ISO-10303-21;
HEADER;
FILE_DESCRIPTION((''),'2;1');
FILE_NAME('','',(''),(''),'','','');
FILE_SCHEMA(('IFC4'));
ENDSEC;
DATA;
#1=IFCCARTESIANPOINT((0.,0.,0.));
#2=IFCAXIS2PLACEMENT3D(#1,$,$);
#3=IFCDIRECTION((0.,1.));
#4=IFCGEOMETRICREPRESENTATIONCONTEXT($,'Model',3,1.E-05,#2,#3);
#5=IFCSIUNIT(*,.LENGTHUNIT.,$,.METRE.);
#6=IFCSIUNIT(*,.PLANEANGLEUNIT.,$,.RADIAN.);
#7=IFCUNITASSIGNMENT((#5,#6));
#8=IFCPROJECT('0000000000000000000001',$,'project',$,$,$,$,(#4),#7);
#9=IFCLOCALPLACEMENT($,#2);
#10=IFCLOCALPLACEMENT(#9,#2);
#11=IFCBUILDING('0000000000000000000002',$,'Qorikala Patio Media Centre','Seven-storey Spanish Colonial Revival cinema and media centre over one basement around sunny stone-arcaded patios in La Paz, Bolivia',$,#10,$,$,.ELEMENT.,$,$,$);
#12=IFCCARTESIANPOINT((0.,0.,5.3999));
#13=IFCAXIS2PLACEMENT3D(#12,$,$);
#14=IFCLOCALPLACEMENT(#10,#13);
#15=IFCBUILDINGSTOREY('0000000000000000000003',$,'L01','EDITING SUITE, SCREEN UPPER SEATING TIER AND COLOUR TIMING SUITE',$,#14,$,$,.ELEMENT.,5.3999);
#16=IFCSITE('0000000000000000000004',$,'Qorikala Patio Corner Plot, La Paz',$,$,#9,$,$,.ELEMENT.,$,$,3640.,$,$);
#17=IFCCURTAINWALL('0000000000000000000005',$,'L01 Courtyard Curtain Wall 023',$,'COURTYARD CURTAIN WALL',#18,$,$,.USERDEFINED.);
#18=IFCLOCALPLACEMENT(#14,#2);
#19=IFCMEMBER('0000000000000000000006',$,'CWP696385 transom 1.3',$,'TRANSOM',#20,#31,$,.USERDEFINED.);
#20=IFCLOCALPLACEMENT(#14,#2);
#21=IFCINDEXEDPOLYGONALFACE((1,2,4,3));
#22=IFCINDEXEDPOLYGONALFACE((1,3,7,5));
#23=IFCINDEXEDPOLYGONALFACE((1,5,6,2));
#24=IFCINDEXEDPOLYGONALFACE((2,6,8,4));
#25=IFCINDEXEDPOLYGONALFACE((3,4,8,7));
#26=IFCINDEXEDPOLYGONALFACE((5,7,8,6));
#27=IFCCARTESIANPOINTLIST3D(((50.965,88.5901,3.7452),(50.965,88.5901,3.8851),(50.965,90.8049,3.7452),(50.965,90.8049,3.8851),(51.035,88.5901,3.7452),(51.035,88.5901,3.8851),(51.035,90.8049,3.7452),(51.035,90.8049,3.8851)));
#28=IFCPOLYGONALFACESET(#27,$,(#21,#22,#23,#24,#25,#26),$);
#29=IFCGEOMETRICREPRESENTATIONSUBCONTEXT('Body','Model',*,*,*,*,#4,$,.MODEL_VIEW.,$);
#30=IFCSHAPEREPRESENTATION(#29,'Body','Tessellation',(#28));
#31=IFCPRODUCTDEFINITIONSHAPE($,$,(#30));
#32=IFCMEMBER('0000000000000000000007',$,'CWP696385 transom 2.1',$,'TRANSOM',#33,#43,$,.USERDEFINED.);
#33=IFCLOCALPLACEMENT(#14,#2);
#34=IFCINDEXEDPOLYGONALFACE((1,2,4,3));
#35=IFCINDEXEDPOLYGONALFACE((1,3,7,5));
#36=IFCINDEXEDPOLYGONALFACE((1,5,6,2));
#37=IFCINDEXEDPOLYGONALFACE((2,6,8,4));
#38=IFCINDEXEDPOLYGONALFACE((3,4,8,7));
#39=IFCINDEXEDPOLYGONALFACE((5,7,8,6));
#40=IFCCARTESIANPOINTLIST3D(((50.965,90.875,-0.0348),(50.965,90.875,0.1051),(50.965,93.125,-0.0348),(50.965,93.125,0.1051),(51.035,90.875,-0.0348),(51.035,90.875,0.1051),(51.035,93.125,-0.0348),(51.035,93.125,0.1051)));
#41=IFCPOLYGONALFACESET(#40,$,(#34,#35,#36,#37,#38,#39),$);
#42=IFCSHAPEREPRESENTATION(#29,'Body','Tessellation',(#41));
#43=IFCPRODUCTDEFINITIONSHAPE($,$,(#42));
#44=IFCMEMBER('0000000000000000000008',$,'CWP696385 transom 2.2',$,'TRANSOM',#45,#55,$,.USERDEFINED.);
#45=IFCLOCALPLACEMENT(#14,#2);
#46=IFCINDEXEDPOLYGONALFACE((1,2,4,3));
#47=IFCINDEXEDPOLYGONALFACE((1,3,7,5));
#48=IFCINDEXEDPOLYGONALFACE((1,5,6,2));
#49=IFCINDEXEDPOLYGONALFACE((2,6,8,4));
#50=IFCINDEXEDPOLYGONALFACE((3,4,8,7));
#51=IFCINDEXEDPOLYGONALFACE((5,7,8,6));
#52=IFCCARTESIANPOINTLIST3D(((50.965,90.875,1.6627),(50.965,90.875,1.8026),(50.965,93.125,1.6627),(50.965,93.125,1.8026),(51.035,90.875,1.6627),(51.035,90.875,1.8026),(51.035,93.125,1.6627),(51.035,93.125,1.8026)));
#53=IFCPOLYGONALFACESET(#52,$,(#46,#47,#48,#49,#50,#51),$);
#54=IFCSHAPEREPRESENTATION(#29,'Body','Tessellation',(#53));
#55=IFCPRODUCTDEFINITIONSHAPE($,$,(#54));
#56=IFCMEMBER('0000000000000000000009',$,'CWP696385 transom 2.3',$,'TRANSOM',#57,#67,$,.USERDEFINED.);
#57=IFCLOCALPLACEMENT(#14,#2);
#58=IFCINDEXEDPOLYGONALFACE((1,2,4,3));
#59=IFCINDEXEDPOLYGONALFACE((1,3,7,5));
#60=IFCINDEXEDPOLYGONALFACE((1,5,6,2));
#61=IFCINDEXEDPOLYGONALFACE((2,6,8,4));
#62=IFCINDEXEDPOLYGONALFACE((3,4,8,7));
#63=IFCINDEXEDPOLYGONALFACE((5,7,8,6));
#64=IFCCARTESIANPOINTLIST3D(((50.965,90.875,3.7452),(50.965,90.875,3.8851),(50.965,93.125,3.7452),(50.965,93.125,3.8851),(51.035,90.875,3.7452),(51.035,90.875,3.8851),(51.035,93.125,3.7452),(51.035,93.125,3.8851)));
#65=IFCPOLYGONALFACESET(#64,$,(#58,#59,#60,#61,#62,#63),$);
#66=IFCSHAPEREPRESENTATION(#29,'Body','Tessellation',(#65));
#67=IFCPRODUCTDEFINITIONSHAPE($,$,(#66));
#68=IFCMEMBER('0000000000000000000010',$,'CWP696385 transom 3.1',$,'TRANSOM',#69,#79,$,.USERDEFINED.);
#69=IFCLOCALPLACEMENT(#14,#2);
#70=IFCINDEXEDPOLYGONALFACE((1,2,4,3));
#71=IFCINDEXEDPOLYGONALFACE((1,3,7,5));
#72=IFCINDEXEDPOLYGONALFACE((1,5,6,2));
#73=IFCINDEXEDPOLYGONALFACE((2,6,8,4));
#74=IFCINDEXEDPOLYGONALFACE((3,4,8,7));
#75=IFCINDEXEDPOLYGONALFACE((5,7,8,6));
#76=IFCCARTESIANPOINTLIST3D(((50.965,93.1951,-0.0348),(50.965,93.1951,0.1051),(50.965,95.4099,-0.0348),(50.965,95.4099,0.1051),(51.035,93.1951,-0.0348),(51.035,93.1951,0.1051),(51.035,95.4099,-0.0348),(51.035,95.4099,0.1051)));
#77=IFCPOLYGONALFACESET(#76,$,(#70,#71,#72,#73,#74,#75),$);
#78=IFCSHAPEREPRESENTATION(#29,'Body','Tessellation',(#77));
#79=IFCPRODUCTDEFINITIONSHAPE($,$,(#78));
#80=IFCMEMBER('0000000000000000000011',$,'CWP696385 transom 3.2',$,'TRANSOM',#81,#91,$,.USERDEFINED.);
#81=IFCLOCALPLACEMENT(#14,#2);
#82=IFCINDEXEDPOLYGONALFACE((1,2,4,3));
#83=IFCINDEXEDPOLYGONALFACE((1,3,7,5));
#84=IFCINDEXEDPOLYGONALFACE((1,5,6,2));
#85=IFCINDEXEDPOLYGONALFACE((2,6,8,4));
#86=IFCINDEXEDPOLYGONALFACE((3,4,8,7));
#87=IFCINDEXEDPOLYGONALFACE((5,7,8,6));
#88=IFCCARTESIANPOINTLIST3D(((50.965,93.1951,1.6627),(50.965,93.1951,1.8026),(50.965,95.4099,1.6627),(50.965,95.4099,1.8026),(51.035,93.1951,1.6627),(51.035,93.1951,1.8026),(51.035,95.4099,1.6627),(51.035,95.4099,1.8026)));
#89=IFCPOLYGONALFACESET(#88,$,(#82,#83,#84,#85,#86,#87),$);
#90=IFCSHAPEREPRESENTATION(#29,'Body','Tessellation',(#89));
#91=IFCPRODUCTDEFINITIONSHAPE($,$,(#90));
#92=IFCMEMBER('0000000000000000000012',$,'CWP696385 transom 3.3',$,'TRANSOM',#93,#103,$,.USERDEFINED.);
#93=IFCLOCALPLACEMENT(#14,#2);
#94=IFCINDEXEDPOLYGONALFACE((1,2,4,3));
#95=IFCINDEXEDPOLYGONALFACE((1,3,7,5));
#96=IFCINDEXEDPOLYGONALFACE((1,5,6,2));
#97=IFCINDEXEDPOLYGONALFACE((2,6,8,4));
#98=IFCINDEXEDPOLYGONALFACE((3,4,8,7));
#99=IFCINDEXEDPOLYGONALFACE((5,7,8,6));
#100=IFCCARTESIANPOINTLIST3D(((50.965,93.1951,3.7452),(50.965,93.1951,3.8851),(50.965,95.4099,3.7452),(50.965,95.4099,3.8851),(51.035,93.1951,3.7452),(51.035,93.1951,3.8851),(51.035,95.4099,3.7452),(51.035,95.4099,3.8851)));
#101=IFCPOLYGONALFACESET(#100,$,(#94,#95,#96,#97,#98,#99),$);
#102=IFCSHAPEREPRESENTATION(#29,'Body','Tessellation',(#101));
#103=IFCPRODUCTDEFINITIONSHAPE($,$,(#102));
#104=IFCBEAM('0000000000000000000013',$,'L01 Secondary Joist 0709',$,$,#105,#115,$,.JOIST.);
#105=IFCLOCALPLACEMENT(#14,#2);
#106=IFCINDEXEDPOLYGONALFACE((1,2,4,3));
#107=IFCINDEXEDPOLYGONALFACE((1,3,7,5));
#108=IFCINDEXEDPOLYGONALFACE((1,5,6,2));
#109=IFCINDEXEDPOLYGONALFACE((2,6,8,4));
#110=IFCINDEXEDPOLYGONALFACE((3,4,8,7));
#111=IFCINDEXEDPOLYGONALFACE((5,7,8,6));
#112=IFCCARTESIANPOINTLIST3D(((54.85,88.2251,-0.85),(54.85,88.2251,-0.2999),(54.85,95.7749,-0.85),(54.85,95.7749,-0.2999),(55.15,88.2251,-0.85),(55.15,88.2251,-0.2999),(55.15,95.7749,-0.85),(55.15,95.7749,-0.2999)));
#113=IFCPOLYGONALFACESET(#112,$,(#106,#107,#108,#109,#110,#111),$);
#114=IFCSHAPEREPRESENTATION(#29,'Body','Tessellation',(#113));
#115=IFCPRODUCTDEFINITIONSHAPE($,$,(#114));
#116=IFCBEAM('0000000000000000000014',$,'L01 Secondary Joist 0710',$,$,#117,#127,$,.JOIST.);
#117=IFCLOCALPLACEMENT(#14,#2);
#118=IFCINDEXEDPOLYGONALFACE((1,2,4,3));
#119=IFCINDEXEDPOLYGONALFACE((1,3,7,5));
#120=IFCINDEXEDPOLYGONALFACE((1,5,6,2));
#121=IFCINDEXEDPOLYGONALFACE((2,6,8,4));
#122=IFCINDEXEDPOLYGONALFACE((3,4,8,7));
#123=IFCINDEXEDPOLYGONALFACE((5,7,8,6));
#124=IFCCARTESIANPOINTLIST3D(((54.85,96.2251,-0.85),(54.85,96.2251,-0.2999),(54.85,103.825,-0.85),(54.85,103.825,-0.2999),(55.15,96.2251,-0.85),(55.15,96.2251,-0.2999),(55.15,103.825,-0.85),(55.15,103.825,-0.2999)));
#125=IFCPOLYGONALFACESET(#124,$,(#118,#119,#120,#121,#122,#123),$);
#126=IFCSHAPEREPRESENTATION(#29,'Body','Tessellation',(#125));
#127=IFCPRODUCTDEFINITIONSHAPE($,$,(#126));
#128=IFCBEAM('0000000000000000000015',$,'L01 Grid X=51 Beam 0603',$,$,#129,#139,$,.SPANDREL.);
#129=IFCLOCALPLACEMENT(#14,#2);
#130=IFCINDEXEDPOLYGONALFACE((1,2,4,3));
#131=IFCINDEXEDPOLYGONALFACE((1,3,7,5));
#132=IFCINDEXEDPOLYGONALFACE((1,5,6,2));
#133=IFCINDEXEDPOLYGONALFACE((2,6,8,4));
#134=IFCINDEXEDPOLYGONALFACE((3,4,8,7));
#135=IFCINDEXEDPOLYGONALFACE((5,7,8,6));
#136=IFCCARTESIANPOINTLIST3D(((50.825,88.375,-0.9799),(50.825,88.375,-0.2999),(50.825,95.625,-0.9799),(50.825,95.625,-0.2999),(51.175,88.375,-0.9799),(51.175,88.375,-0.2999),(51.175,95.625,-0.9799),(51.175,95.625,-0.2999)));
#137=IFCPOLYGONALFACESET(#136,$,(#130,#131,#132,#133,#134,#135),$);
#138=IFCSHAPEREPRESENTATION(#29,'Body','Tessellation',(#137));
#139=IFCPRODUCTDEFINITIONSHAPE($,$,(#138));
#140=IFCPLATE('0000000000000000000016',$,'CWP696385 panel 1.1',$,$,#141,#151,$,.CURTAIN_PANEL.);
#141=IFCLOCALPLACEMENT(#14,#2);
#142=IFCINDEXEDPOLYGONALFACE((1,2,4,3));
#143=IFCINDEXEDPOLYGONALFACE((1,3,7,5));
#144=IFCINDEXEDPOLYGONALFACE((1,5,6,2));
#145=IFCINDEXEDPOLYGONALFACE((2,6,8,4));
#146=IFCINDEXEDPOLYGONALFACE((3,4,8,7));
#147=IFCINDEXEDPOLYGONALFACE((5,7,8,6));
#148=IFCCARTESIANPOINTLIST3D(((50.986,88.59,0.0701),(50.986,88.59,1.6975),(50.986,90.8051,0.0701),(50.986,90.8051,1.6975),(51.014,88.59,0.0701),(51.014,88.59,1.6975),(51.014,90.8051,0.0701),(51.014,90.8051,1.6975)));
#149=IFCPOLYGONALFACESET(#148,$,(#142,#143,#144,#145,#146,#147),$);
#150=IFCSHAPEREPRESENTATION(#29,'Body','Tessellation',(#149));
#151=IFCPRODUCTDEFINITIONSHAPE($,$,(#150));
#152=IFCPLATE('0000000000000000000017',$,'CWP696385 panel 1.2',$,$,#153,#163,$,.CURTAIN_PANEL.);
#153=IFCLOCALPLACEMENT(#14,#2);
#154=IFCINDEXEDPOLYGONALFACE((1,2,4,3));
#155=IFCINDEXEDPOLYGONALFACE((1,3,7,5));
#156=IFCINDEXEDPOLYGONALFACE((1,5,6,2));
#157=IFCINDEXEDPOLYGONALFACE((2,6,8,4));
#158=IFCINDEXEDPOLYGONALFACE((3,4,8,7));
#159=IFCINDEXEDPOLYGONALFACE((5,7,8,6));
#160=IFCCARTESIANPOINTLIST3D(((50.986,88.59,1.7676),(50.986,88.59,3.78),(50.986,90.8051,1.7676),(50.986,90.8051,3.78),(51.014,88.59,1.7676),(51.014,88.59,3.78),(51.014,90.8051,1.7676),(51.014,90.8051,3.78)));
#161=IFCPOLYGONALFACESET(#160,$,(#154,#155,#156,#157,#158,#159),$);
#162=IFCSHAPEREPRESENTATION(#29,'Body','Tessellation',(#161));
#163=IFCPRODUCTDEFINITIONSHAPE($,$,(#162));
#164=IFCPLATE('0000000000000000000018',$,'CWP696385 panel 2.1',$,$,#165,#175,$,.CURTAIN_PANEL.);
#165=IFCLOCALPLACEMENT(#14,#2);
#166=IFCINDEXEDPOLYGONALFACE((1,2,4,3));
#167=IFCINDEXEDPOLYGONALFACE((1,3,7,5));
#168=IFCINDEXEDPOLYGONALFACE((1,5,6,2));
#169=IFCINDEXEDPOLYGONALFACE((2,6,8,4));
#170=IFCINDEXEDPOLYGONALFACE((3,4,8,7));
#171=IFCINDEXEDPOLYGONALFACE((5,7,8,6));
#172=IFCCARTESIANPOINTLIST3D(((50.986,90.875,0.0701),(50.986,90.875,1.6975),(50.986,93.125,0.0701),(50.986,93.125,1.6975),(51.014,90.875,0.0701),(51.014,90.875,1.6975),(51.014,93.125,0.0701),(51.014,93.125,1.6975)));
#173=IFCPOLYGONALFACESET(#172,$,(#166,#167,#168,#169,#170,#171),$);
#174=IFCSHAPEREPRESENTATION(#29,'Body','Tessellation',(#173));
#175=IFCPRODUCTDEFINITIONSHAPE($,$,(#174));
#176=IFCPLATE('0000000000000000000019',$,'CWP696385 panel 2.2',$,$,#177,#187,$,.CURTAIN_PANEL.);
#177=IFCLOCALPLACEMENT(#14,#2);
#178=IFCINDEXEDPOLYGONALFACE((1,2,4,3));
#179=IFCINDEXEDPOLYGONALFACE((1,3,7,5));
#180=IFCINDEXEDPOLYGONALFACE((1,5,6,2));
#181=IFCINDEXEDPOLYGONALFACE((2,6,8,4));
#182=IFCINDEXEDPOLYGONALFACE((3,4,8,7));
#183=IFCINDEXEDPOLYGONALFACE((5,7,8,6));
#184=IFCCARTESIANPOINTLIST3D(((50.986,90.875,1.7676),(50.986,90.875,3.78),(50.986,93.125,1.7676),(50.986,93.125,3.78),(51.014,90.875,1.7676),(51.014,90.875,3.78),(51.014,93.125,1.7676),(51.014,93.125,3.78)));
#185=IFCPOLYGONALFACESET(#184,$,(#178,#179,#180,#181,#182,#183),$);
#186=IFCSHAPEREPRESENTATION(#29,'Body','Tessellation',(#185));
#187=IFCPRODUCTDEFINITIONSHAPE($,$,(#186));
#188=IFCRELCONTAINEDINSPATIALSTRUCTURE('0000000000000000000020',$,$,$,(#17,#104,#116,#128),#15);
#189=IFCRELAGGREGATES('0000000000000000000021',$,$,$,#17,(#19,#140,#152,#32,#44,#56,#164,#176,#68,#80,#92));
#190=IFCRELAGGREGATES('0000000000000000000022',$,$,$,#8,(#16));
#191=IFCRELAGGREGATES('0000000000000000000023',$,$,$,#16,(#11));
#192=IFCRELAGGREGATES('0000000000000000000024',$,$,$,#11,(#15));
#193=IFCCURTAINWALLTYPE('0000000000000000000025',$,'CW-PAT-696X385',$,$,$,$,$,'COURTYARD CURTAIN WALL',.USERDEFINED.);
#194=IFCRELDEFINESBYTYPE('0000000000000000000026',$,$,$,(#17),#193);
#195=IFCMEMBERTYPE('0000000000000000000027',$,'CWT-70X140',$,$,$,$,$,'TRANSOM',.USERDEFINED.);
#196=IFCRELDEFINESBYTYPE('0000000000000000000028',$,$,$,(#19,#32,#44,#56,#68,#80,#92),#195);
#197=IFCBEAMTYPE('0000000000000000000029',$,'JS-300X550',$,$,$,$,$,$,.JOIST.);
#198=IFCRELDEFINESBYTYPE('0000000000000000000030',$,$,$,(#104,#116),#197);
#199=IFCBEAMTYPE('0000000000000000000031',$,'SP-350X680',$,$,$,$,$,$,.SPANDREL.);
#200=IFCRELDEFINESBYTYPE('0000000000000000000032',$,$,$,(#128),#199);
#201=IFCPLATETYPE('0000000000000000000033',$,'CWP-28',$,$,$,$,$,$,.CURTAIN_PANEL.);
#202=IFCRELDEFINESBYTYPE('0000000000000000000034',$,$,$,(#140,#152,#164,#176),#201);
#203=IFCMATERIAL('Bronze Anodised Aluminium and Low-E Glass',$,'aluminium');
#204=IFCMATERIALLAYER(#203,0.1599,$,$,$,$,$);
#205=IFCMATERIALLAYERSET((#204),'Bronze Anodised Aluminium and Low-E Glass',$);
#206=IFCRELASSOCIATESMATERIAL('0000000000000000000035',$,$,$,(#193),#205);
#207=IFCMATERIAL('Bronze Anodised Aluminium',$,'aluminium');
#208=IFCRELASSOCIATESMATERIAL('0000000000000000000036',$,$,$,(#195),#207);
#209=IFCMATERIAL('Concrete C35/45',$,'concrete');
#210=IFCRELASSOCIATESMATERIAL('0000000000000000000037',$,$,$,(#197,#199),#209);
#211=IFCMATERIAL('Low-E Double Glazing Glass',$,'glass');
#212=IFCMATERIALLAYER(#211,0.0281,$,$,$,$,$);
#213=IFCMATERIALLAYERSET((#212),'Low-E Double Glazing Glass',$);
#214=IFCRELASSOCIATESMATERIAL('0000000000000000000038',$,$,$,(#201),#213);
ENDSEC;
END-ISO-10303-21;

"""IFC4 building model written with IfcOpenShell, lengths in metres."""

from ifc_helpers import new_model, si_unit, direction, frame, origin, origin_2d, place, context, subcontext, project, spatial, rectangle, extrude, material, layer, layer_set, material_profile, profile_set, type_object, element, aggregate, save


model = new_model("IFC4")

# Units and contexts
model_context = context("Model", 3, precision=1e-05, world=origin(), true_north=direction((0.0, 1.0)))
body_context = subcontext(model_context, "Body", "Model", "MODEL_VIEW")
ifc_project = project(units=[si_unit("LENGTHUNIT", "METRE"), si_unit("PLANEANGLEUNIT", "RADIAN")], contexts=[model_context])

# Site, building, storey
site_placement = place(None, origin())
site = spatial("IfcSite", under=ifc_project, at=site_placement, Name="Qorikala Patio Corner Plot, La Paz", CompositionType="ELEMENT", RefElevation=3640.0)
building_placement = place(site_placement, origin())
building = spatial("IfcBuilding", under=site, at=building_placement, Name="Qorikala Patio Media Centre", Description="Seven-storey Spanish Colonial Revival cinema and media centre over one basement around sunny stone-arcaded patios in La Paz, Bolivia", CompositionType="ELEMENT")
storey_placement = place(building_placement, frame((0.0, 0.0, 5.3999)))
storey = spatial("IfcBuildingStorey", under=building, at=storey_placement, Name="L01", Description="EDITING SUITE, SCREEN UPPER SEATING TIER AND COLOUR TIMING SUITE", CompositionType="ELEMENT", Elevation=5.3999)

# Shared definitions
ifc_material_1 = material(Name="Concrete C35/45", Category="concrete")

# Shared definitions
ifc_material_2 = material(Name="Bronze Anodised Aluminium and Low-E Glass", Category="aluminium")
ifc_layer_1 = layer(ifc_material_2, 0.1599)
ifc_layer_set_1 = layer_set([ifc_layer_1], Name="Bronze Anodised Aluminium and Low-E Glass")
curtain_wall_type = type_object("IfcCurtainWallType", Name="CW-PAT-696X385", ElementType="COURTYARD CURTAIN WALL", PredefinedType="USERDEFINED", material=ifc_layer_set_1)
ifc_material_3 = material(Name="Bronze Anodised Aluminium", Category="aluminium")

# Curtain wall, members
curtain_wall_1_placement = place(storey_placement, origin())
curtain_wall_1 = element("IfcCurtainWall", 1, at=curtain_wall_1_placement, inside=storey, type_object=curtain_wall_type, Name="L01 Courtyard Curtain Wall 023", ObjectType="COURTYARD CURTAIN WALL", PredefinedType="USERDEFINED")
ifc_material_profile_1 = material_profile(ifc_material_3, rectangle(XDim=0.0701, YDim=0.1399, at=origin_2d()), Name="ALU TRANSOM 70x140")
ifc_profile_set_1 = profile_set([ifc_material_profile_1], Name="Bronze Anodised Aluminium")
member_type_1 = type_object("IfcMemberType", Name="CWT-70X140", ElementType="TRANSOM", PredefinedType="USERDEFINED", material=ifc_profile_set_1)
member_1_placement = place(storey_placement, frame((51.0, 88.5901, 3.8152), z_axis=(0.0, 1.0, 0.0), x_axis=(-1.0, 0.0, 0.0)))
member_1 = element("IfcMember", 2, at=member_1_placement, type_object=member_type_1, Name="CWP696385 transom 1.3", ObjectType="TRANSOM", PredefinedType="USERDEFINED", context=body_context, shape_type="SweptSolid", body=[
    extrude(rectangle(XDim=0.0701, YDim=0.1399, at=origin_2d()), origin(), (0.0, 0.0, 1.0), 2.2148),
])
member_2_placement = place(storey_placement, frame((51.0, 90.875, 0.0352), z_axis=(0.0, 1.0, 0.0), x_axis=(-1.0, 0.0, 0.0)))
member_2 = element("IfcMember", 3, at=member_2_placement, type_object=member_type_1, Name="CWP696385 transom 2.1", ObjectType="TRANSOM", PredefinedType="USERDEFINED", context=body_context, shape_type="SweptSolid", body=[
    extrude(rectangle(XDim=0.0701, YDim=0.1399, at=origin_2d()), origin(), (0.0, 0.0, 1.0), 2.25),
])
member_3_placement = place(storey_placement, frame((51.0, 90.875, 1.7327), z_axis=(0.0, 1.0, 0.0), x_axis=(-1.0, 0.0, 0.0)))
member_3 = element("IfcMember", 4, at=member_3_placement, type_object=member_type_1, Name="CWP696385 transom 2.2", ObjectType="TRANSOM", PredefinedType="USERDEFINED", context=body_context, shape_type="SweptSolid", body=[
    extrude(rectangle(XDim=0.0701, YDim=0.1399, at=origin_2d()), origin(), (0.0, 0.0, 1.0), 2.25),
])
member_4_placement = place(storey_placement, frame((51.0, 90.875, 3.8152), z_axis=(0.0, 1.0, 0.0), x_axis=(-1.0, 0.0, 0.0)))
member_4 = element("IfcMember", 5, at=member_4_placement, type_object=member_type_1, Name="CWP696385 transom 2.3", ObjectType="TRANSOM", PredefinedType="USERDEFINED", context=body_context, shape_type="SweptSolid", body=[
    extrude(rectangle(XDim=0.0701, YDim=0.1399, at=origin_2d()), origin(), (0.0, 0.0, 1.0), 2.25),
])
member_5_placement = place(storey_placement, frame((51.0, 93.1951, 0.0352), z_axis=(0.0, 1.0, 0.0), x_axis=(-1.0, 0.0, 0.0)))
member_5 = element("IfcMember", 6, at=member_5_placement, type_object=member_type_1, Name="CWP696385 transom 3.1", ObjectType="TRANSOM", PredefinedType="USERDEFINED", context=body_context, shape_type="SweptSolid", body=[
    extrude(rectangle(XDim=0.0701, YDim=0.1399, at=origin_2d()), origin(), (0.0, 0.0, 1.0), 2.2148),
])
member_6_placement = place(storey_placement, frame((51.0, 93.1951, 1.7327), z_axis=(0.0, 1.0, 0.0), x_axis=(-1.0, 0.0, 0.0)))
member_6 = element("IfcMember", 7, at=member_6_placement, type_object=member_type_1, Name="CWP696385 transom 3.2", ObjectType="TRANSOM", PredefinedType="USERDEFINED", context=body_context, shape_type="SweptSolid", body=[
    extrude(rectangle(XDim=0.0701, YDim=0.1399, at=origin_2d()), origin(), (0.0, 0.0, 1.0), 2.2148),
])
member_7_placement = place(storey_placement, frame((51.0, 93.1951, 3.8152), z_axis=(0.0, 1.0, 0.0), x_axis=(-1.0, 0.0, 0.0)))
member_7 = element("IfcMember", 8, at=member_7_placement, type_object=member_type_1, Name="CWP696385 transom 3.3", ObjectType="TRANSOM", PredefinedType="USERDEFINED", context=body_context, shape_type="SweptSolid", body=[
    extrude(rectangle(XDim=0.0701, YDim=0.1399, at=origin_2d()), origin(), (0.0, 0.0, 1.0), 2.2148),
])

# Beams
ifc_material_profile_2 = material_profile(ifc_material_1, rectangle(XDim=0.3, YDim=0.55, at=origin_2d()), Name="RC 300x550")
ifc_profile_set_2 = profile_set([ifc_material_profile_2], Name="Concrete C35/45")
beam_type_1 = type_object("IfcBeamType", Name="JS-300X550", PredefinedType="JOIST", material=ifc_profile_set_2)
beam_1_placement = place(storey_placement, frame((55.0, 88.2251, -0.575), z_axis=(0.0, 1.0, 0.0), x_axis=(-1.0, 0.0, 0.0)))
element("IfcBeam", 9, at=beam_1_placement, inside=storey, type_object=beam_type_1, Name="L01 Secondary Joist 0709", PredefinedType="JOIST", context=body_context, shape_type="SweptSolid", body=[
    extrude(rectangle(XDim=0.3, YDim=0.55, at=origin_2d()), origin(), (0.0, 0.0, 1.0), 7.5498),
])
beam_2_placement = place(storey_placement, frame((55.0, 96.2251, -0.575), z_axis=(0.0, 1.0, 0.0), x_axis=(-1.0, 0.0, 0.0)))
element("IfcBeam", 10, at=beam_2_placement, inside=storey, type_object=beam_type_1, Name="L01 Secondary Joist 0710", PredefinedType="JOIST", context=body_context, shape_type="SweptSolid", body=[
    extrude(rectangle(XDim=0.3, YDim=0.55, at=origin_2d()), origin(), (0.0, 0.0, 1.0), 7.5999),
])
ifc_material_profile_3 = material_profile(ifc_material_1, rectangle(XDim=0.3501, YDim=0.6799, at=origin_2d()), Name="RC 350x680")
ifc_profile_set_3 = profile_set([ifc_material_profile_3], Name="Concrete C35/45")
beam_type_2 = type_object("IfcBeamType", Name="SP-350X680", PredefinedType="SPANDREL", material=ifc_profile_set_3)
beam_3_placement = place(storey_placement, frame((51.0, 88.375, -0.6399), z_axis=(0.0, 1.0, 0.0), x_axis=(-1.0, 0.0, 0.0)))
element("IfcBeam", 11, at=beam_3_placement, inside=storey, type_object=beam_type_2, Name="L01 Grid X=51 Beam 0603", PredefinedType="SPANDREL", context=body_context, shape_type="SweptSolid", body=[
    extrude(rectangle(XDim=0.3501, YDim=0.6799, at=origin_2d()), origin(), (0.0, 0.0, 1.0), 7.25),
])

# Plates
ifc_material_4 = material(Name="Low-E Double Glazing Glass", Category="glass")
ifc_layer_2 = layer(ifc_material_4, 0.0281)
ifc_layer_set_2 = layer_set([ifc_layer_2], Name="Low-E Double Glazing Glass")
plate_type = type_object("IfcPlateType", Name="CWP-28", PredefinedType="CURTAIN_PANEL", material=ifc_layer_set_2)
plate_1_placement = place(storey_placement, frame((51.0, 89.6975, 0.0701), z_axis=(0.0, 0.0, 1.0), x_axis=(0.0, 1.0, 0.0)))
plate_1 = element("IfcPlate", 12, at=plate_1_placement, type_object=plate_type, Name="CWP696385 panel 1.1", PredefinedType="CURTAIN_PANEL", context=body_context, shape_type="SweptSolid", body=[
    extrude(rectangle(XDim=2.2151, YDim=0.0281, at=origin_2d()), origin(), (0.0, 0.0, 1.0), 1.6274),
])
plate_2_placement = place(storey_placement, frame((51.0, 89.6975, 1.7676), z_axis=(0.0, 0.0, 1.0), x_axis=(0.0, 1.0, 0.0)))
plate_2 = element("IfcPlate", 13, at=plate_2_placement, type_object=plate_type, Name="CWP696385 panel 1.2", PredefinedType="CURTAIN_PANEL", context=body_context, shape_type="SweptSolid", body=[
    extrude(rectangle(XDim=2.2151, YDim=0.0281, at=origin_2d()), origin(), (0.0, 0.0, 1.0), 2.0125),
])
plate_3_placement = place(storey_placement, frame((51.0, 92.0, 0.0701), z_axis=(0.0, 0.0, 1.0), x_axis=(0.0, 1.0, 0.0)))
plate_3 = element("IfcPlate", 14, at=plate_3_placement, type_object=plate_type, Name="CWP696385 panel 2.1", PredefinedType="CURTAIN_PANEL", context=body_context, shape_type="SweptSolid", body=[
    extrude(rectangle(XDim=2.25, YDim=0.0281, at=origin_2d()), origin(), (0.0, 0.0, 1.0), 1.6274),
])
plate_4_placement = place(storey_placement, frame((51.0, 92.0, 1.7676), z_axis=(0.0, 0.0, 1.0), x_axis=(0.0, 1.0, 0.0)))
plate_4 = element("IfcPlate", 15, at=plate_4_placement, type_object=plate_type, Name="CWP696385 panel 2.2", PredefinedType="CURTAIN_PANEL", context=body_context, shape_type="SweptSolid", body=[
    extrude(rectangle(XDim=2.25, YDim=0.0281, at=origin_2d()), origin(), (0.0, 0.0, 1.0), 2.0125),
])
aggregate(curtain_wall_1, [member_1, plate_1, plate_2, member_2, member_3, member_4, plate_3, plate_4, member_5, member_6, member_7])

save(model, "model.ifc")
